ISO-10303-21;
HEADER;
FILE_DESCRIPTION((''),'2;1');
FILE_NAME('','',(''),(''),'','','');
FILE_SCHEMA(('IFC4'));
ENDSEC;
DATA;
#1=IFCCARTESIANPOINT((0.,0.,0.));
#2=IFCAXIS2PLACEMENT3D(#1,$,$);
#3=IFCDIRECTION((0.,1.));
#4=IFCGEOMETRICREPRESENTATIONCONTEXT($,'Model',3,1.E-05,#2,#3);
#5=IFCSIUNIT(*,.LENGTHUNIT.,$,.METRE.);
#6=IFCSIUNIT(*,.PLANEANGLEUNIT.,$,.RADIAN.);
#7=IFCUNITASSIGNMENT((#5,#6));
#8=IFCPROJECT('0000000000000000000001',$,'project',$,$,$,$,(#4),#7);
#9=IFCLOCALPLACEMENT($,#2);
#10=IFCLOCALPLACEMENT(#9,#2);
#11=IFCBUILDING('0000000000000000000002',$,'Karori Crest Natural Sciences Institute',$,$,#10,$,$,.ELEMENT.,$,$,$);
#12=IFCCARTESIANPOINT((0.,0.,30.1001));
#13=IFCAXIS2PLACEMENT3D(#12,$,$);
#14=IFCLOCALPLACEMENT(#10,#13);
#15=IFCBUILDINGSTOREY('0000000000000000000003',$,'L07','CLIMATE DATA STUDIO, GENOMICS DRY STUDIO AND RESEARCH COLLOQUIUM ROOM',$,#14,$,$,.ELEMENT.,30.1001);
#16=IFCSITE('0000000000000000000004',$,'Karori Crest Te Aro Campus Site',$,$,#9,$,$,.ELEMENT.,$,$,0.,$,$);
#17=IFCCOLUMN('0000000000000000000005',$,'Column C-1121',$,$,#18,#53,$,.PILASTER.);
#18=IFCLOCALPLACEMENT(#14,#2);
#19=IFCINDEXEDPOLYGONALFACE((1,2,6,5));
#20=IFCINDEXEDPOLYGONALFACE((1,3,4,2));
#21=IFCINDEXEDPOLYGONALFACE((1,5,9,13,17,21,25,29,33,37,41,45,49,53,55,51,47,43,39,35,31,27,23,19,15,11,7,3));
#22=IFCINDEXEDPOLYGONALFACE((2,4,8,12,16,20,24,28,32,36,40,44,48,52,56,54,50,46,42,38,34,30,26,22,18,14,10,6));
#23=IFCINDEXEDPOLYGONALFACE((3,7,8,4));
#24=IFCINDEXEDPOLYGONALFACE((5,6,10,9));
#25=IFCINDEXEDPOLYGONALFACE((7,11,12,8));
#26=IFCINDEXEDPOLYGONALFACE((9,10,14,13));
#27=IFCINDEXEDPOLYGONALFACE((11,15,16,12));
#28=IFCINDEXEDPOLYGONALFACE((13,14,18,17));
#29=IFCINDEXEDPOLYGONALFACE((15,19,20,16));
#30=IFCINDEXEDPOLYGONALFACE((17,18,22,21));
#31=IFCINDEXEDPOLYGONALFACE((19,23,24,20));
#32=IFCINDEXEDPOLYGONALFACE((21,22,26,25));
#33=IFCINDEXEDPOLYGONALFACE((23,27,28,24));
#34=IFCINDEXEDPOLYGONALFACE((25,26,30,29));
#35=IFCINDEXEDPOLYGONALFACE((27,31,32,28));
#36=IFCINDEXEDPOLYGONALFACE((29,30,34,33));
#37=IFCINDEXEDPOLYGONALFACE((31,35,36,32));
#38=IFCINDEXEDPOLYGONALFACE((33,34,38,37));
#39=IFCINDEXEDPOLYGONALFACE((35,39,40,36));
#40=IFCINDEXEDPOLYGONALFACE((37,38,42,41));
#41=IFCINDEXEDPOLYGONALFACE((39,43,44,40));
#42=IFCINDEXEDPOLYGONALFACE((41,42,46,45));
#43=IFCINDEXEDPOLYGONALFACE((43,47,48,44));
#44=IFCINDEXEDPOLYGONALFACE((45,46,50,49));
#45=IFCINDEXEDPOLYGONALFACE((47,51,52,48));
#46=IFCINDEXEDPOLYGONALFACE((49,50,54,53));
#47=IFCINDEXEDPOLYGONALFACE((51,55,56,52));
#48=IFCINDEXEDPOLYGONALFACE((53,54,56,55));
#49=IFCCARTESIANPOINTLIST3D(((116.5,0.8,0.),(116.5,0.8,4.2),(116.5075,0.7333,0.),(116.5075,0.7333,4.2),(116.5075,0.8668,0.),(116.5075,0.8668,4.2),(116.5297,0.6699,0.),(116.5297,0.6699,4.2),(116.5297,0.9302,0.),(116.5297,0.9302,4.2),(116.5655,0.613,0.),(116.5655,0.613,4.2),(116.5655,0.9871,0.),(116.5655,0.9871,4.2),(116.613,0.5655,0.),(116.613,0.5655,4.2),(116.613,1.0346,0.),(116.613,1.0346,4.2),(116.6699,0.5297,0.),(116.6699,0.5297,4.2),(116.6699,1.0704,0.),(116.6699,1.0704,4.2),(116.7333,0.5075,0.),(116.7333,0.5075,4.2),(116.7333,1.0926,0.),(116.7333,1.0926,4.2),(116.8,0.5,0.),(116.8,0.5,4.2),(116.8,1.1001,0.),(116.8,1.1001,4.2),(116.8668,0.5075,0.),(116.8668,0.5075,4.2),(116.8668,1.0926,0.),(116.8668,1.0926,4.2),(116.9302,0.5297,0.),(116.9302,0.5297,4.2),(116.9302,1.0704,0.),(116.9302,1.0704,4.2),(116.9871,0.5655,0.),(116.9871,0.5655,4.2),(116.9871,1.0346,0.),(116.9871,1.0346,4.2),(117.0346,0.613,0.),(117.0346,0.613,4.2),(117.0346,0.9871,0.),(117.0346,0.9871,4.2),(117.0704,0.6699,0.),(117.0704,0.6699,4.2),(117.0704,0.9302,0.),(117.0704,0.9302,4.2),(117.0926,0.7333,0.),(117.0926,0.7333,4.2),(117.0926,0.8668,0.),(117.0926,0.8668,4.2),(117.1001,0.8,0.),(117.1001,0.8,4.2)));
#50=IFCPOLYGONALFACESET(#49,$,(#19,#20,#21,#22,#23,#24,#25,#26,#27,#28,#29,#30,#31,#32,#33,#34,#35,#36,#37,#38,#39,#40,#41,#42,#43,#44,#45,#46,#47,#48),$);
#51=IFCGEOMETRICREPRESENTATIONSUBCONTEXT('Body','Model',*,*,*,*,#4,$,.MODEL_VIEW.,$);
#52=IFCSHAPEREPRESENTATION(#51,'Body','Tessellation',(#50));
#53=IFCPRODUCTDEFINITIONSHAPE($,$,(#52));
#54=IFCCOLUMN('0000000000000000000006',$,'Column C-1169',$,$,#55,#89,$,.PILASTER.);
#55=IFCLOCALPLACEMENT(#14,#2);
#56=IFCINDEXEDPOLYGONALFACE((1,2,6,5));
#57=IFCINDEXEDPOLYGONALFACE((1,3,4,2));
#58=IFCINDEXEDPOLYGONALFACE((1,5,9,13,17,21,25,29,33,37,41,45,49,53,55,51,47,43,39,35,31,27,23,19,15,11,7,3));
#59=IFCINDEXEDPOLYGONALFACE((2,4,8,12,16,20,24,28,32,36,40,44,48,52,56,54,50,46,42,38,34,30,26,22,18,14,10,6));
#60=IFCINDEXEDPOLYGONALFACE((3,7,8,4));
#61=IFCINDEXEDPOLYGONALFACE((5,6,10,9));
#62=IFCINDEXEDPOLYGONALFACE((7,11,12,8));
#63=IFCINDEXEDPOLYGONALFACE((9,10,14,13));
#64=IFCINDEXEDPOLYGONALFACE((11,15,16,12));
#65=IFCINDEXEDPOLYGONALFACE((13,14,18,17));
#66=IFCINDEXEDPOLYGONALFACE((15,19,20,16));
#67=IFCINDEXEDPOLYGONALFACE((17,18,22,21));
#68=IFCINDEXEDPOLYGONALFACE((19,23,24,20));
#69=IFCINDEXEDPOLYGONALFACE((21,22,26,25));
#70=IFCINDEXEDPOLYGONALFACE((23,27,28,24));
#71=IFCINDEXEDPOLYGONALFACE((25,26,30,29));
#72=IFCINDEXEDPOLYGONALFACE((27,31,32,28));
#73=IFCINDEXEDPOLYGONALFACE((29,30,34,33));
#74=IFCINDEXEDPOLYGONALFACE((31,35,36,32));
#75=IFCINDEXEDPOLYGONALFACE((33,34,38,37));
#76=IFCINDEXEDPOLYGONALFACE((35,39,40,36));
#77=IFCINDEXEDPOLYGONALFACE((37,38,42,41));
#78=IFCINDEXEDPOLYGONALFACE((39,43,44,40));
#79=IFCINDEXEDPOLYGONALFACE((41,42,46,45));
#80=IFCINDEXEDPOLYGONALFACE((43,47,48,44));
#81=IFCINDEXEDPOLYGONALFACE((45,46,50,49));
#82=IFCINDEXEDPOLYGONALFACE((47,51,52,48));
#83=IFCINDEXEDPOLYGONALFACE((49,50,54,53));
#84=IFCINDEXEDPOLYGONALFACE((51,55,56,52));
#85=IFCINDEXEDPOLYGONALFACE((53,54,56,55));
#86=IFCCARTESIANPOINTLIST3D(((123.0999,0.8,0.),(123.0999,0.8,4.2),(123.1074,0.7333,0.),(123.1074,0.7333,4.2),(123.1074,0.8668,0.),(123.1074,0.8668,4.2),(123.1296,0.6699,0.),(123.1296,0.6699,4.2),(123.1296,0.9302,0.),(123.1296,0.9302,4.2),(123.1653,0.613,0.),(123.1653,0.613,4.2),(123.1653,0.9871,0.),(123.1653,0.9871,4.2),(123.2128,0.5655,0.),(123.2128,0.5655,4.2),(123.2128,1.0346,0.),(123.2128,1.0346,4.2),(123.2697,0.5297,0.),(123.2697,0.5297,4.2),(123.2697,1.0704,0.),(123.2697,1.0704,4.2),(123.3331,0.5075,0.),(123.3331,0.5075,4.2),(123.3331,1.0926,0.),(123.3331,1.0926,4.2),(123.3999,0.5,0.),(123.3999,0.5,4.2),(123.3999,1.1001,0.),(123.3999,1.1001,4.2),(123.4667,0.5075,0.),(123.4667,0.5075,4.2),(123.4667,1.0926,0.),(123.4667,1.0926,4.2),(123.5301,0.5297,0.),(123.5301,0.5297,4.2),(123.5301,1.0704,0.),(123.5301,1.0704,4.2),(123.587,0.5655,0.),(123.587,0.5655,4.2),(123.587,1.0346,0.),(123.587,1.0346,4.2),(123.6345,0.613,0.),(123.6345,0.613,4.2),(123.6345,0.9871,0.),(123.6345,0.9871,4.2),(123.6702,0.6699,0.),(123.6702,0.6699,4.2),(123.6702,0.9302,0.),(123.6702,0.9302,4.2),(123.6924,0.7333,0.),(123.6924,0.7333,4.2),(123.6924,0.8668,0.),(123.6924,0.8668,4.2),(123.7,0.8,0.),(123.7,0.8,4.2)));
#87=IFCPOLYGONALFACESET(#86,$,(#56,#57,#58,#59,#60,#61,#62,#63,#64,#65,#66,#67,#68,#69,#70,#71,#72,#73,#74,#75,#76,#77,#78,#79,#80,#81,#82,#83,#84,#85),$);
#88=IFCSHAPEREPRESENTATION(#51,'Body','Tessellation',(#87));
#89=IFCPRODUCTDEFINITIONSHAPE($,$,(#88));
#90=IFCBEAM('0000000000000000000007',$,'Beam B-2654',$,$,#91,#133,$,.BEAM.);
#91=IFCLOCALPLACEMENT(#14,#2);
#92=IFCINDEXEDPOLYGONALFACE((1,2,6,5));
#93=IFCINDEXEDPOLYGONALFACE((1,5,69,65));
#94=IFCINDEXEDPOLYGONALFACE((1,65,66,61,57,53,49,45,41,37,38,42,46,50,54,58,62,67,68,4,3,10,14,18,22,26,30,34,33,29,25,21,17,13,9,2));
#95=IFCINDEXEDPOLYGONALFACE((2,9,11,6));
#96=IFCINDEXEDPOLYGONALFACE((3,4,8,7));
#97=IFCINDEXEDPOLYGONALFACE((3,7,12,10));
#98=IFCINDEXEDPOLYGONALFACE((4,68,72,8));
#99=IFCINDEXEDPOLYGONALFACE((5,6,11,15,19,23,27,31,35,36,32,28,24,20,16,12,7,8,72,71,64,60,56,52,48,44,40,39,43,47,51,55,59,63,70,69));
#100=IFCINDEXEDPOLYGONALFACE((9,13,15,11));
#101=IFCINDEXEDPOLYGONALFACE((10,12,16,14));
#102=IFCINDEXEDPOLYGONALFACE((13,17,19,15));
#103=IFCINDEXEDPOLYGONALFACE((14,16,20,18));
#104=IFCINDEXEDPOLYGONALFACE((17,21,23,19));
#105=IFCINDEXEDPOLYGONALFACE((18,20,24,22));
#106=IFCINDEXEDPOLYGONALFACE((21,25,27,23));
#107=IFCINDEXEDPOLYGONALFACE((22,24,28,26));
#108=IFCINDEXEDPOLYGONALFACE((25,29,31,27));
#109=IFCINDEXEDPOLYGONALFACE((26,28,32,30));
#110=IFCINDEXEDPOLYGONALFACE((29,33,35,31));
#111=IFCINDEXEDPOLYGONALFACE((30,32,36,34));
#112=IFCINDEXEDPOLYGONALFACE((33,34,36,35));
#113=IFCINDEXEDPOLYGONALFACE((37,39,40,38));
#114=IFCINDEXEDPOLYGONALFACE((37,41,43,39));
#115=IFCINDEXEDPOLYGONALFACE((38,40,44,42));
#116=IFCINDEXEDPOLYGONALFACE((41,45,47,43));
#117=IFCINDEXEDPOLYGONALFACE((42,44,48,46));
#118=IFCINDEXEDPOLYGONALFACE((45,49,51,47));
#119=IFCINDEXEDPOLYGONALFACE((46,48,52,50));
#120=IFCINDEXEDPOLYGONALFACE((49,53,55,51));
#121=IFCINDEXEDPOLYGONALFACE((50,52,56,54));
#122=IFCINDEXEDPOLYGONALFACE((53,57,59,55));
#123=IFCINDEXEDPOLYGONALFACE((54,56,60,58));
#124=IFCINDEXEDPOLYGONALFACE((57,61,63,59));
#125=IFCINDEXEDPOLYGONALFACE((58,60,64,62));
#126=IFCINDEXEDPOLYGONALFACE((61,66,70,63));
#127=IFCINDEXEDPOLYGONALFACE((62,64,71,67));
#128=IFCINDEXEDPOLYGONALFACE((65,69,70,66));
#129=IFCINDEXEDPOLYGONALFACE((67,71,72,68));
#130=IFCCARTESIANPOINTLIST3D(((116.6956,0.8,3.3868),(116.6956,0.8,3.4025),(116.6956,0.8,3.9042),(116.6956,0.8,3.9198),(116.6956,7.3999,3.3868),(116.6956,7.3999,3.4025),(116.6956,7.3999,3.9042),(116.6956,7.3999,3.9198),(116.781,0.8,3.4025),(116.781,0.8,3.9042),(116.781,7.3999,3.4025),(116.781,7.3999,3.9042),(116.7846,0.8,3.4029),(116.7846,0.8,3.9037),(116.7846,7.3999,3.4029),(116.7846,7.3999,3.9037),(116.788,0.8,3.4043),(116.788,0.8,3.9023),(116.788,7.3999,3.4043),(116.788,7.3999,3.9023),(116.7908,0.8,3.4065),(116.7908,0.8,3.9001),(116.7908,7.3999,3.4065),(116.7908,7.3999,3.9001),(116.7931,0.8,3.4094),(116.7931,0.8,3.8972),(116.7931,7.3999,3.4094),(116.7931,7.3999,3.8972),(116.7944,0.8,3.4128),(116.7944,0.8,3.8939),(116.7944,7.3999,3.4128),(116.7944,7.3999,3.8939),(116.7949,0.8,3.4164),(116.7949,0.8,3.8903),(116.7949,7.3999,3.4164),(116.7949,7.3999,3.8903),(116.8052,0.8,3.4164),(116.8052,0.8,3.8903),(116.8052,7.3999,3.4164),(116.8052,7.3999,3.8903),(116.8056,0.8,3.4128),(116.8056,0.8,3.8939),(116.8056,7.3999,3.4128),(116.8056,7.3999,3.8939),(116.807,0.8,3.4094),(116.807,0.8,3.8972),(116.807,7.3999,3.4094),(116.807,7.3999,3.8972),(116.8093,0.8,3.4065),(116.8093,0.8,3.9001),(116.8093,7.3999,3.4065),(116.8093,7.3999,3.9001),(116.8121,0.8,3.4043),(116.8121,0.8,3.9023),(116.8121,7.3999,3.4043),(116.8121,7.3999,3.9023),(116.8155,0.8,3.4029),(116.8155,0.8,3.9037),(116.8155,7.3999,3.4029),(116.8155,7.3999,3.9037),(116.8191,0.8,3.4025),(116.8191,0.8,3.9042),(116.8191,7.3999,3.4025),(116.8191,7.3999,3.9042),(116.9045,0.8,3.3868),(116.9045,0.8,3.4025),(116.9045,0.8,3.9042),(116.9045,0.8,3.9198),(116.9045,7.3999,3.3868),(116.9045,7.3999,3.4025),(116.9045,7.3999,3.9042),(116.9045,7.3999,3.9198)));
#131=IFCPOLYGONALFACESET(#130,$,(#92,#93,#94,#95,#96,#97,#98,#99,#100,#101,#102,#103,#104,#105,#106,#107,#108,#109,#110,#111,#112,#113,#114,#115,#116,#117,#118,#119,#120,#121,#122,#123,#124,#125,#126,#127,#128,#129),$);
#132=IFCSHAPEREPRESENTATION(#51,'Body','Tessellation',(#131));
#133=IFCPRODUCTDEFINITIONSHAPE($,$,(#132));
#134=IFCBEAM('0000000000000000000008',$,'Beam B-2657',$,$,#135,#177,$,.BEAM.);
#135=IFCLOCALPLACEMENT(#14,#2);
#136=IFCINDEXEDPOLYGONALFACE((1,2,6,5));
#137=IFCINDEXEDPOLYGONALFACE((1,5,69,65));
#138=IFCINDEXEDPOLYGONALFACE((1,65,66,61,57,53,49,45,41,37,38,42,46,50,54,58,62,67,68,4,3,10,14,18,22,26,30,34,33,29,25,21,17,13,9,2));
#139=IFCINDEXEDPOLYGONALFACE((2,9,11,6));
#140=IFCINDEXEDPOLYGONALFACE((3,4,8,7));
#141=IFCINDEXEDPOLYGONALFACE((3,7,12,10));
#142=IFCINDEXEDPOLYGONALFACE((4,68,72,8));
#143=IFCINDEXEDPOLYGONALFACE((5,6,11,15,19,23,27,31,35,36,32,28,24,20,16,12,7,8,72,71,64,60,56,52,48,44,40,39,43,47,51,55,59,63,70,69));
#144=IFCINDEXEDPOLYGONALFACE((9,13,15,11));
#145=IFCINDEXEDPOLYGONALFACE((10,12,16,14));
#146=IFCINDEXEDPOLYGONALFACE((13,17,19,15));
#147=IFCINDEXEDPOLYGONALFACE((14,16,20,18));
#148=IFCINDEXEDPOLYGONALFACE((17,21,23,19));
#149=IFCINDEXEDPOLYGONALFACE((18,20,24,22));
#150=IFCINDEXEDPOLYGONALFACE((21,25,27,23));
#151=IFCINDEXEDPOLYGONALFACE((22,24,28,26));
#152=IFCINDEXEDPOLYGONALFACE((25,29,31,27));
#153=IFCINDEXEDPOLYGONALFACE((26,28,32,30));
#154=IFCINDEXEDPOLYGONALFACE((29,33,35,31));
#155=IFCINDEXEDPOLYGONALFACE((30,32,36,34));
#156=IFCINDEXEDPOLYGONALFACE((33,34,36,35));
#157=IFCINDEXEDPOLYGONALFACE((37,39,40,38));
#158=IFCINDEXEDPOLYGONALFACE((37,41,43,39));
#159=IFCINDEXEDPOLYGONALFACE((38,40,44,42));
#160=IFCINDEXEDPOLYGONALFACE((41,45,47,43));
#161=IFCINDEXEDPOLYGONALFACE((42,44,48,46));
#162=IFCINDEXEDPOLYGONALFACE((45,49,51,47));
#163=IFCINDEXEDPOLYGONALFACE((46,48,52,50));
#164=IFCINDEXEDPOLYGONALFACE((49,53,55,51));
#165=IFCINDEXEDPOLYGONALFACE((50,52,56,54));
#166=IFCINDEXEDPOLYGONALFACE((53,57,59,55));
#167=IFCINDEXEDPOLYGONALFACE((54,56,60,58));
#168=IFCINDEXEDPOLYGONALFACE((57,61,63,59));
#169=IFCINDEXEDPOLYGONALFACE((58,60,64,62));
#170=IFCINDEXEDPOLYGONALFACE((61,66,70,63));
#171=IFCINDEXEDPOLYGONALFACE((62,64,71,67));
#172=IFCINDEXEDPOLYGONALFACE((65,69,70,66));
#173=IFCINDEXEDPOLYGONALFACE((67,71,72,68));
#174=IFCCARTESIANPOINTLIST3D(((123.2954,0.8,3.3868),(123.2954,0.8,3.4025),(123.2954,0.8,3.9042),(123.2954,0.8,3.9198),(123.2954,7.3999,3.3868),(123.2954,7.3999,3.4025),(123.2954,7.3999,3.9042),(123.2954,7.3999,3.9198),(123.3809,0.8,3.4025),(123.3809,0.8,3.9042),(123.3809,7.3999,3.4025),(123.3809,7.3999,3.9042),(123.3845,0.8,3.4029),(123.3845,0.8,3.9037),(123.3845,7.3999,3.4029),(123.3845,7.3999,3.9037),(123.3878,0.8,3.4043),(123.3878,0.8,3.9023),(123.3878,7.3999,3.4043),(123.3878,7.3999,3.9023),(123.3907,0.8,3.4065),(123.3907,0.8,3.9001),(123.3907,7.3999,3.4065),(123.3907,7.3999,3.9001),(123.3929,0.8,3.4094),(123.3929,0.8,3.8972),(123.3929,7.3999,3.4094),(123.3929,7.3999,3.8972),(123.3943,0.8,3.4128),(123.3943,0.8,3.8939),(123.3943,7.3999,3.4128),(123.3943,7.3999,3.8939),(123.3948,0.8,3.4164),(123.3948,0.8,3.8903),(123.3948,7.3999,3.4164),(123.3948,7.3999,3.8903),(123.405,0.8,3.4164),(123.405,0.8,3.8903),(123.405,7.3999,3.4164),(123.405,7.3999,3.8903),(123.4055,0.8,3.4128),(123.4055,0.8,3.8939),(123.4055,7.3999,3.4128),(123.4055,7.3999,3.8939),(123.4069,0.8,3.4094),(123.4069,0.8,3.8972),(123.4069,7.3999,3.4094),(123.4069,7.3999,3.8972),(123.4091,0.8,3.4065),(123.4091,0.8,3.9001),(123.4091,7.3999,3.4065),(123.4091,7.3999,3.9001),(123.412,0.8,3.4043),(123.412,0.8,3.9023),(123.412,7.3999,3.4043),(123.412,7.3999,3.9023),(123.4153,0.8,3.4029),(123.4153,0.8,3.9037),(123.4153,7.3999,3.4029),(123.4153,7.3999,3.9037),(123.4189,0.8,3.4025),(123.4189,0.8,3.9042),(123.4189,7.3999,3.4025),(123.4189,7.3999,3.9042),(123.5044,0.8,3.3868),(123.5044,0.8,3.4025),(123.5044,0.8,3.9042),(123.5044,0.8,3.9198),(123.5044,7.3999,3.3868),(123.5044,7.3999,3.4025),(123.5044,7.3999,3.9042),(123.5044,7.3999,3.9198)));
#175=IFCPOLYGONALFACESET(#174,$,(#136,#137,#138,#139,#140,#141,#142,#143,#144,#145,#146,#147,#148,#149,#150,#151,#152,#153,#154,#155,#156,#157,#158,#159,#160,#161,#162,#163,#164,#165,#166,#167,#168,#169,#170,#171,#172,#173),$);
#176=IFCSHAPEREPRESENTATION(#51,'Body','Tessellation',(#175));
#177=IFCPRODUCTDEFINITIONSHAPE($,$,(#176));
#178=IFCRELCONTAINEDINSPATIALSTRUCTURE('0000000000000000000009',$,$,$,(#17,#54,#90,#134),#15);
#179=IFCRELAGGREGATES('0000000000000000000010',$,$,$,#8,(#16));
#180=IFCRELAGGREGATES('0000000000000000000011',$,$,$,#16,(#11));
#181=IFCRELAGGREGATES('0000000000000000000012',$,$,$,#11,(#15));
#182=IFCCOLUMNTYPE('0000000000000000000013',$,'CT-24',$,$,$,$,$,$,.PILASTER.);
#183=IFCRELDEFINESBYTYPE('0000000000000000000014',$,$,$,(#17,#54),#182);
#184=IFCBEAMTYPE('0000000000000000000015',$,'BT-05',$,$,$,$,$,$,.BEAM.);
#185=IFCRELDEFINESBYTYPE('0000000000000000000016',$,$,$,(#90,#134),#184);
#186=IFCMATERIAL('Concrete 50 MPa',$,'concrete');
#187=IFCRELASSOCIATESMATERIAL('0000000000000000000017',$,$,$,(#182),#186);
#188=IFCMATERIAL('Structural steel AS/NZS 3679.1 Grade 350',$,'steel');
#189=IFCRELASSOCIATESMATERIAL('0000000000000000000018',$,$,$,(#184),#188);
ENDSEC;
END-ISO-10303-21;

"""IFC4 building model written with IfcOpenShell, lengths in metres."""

from ifc_helpers import new_model, si_unit, direction, frame, origin, origin_2d, place, context, subcontext, project, spatial, circle, i_section, extrude, material, material_profile, profile_set, type_object, element, save


model = new_model("IFC4")

# Units and contexts
model_context = context("Model", 3, precision=1e-05, world=origin(), true_north=direction((0.0, 1.0)))
body_context = subcontext(model_context, "Body", "Model", "MODEL_VIEW")
ifc_project = project(units=[si_unit("LENGTHUNIT", "METRE"), si_unit("PLANEANGLEUNIT", "RADIAN")], contexts=[model_context])

# Site, building, storey
site_placement = place(None, origin())
site = spatial("IfcSite", under=ifc_project, at=site_placement, Name="Karori Crest Te Aro Campus Site", CompositionType="ELEMENT", RefElevation=0.0)
building_placement = place(site_placement, origin())
building = spatial("IfcBuilding", under=site, at=building_placement, Name="Karori Crest Natural Sciences Institute", CompositionType="ELEMENT")
storey_placement = place(building_placement, frame((0.0, 0.0, 30.1001)))
storey = spatial("IfcBuildingStorey", under=building, at=storey_placement, Name="L07", Description="CLIMATE DATA STUDIO, GENOMICS DRY STUDIO AND RESEARCH COLLOQUIUM ROOM", CompositionType="ELEMENT", Elevation=30.1001)

# Columns
ifc_material_1 = material(Name="Concrete 50 MPa", Category="concrete")
ifc_material_profile_1 = material_profile(ifc_material_1, circle(Radius=0.3, at=origin_2d()), Name="RCC600")
ifc_profile_set_1 = profile_set([ifc_material_profile_1], Name="Concrete 50 MPa")
column_type = type_object("IfcColumnType", Name="CT-24", PredefinedType="PILASTER", material=ifc_profile_set_1)
for number, where, z_axis, x_axis, name in (
    (1, (116.8, 0.8, 0.0), (0.0, 0.0, 1.0), (1.0, 0.0, 0.0), "Column C-1121"),
    (2, (123.3999, 0.8, 0.0), (0.0, 0.0, 1.0), (1.0, 0.0, 0.0), "Column C-1169"),
):
    element("IfcColumn", number, at=place(storey_placement, frame(where, z_axis=z_axis, x_axis=x_axis)), inside=storey, type_object=column_type, Name=name, PredefinedType="PILASTER", context=body_context, shape_type="SweptSolid", body=[
        extrude(circle(Radius=0.3, at=origin_2d()), origin(), (0.0, 0.0, 1.0), 4.2),
    ])

# Beams
ifc_material_2 = material(Name="Structural steel AS/NZS 3679.1 Grade 350", Category="steel")
ifc_material_profile_2 = material_profile(ifc_material_2, i_section(OverallWidth=0.209, OverallDepth=0.533, WebThickness=0.0103, FlangeThickness=0.0156, FilletRadius=0.0139, at=origin_2d()), Name="530UB92.4")
ifc_profile_set_2 = profile_set([ifc_material_profile_2], Name="Structural steel AS/NZS 3679.1 Grade 350")
beam_type_1 = type_object("IfcBeamType", Name="BT-05", PredefinedType="BEAM", material=ifc_profile_set_2)
for number, where, z_axis, x_axis, name in (
    (3, (116.8, 0.8, 3.6533), (0.0, 1.0, 0.0), (-1.0, 0.0, 0.0), "Beam B-2654"),
    (4, (123.3999, 0.8, 3.6533), (0.0, 1.0, 0.0), (-1.0, 0.0, 0.0), "Beam B-2657"),
):
    element("IfcBeam", number, at=place(storey_placement, frame(where, z_axis=z_axis, x_axis=x_axis)), inside=storey, type_object=beam_type_1, Name=name, PredefinedType="BEAM", context=body_context, shape_type="SweptSolid", body=[
        extrude(i_section(OverallWidth=0.209, OverallDepth=0.533, WebThickness=0.0103, FlangeThickness=0.0156, FilletRadius=0.0139, at=origin_2d()), origin(), (0.0, 0.0, 1.0), 6.5999),
    ])

save(model, "model.ifc")
